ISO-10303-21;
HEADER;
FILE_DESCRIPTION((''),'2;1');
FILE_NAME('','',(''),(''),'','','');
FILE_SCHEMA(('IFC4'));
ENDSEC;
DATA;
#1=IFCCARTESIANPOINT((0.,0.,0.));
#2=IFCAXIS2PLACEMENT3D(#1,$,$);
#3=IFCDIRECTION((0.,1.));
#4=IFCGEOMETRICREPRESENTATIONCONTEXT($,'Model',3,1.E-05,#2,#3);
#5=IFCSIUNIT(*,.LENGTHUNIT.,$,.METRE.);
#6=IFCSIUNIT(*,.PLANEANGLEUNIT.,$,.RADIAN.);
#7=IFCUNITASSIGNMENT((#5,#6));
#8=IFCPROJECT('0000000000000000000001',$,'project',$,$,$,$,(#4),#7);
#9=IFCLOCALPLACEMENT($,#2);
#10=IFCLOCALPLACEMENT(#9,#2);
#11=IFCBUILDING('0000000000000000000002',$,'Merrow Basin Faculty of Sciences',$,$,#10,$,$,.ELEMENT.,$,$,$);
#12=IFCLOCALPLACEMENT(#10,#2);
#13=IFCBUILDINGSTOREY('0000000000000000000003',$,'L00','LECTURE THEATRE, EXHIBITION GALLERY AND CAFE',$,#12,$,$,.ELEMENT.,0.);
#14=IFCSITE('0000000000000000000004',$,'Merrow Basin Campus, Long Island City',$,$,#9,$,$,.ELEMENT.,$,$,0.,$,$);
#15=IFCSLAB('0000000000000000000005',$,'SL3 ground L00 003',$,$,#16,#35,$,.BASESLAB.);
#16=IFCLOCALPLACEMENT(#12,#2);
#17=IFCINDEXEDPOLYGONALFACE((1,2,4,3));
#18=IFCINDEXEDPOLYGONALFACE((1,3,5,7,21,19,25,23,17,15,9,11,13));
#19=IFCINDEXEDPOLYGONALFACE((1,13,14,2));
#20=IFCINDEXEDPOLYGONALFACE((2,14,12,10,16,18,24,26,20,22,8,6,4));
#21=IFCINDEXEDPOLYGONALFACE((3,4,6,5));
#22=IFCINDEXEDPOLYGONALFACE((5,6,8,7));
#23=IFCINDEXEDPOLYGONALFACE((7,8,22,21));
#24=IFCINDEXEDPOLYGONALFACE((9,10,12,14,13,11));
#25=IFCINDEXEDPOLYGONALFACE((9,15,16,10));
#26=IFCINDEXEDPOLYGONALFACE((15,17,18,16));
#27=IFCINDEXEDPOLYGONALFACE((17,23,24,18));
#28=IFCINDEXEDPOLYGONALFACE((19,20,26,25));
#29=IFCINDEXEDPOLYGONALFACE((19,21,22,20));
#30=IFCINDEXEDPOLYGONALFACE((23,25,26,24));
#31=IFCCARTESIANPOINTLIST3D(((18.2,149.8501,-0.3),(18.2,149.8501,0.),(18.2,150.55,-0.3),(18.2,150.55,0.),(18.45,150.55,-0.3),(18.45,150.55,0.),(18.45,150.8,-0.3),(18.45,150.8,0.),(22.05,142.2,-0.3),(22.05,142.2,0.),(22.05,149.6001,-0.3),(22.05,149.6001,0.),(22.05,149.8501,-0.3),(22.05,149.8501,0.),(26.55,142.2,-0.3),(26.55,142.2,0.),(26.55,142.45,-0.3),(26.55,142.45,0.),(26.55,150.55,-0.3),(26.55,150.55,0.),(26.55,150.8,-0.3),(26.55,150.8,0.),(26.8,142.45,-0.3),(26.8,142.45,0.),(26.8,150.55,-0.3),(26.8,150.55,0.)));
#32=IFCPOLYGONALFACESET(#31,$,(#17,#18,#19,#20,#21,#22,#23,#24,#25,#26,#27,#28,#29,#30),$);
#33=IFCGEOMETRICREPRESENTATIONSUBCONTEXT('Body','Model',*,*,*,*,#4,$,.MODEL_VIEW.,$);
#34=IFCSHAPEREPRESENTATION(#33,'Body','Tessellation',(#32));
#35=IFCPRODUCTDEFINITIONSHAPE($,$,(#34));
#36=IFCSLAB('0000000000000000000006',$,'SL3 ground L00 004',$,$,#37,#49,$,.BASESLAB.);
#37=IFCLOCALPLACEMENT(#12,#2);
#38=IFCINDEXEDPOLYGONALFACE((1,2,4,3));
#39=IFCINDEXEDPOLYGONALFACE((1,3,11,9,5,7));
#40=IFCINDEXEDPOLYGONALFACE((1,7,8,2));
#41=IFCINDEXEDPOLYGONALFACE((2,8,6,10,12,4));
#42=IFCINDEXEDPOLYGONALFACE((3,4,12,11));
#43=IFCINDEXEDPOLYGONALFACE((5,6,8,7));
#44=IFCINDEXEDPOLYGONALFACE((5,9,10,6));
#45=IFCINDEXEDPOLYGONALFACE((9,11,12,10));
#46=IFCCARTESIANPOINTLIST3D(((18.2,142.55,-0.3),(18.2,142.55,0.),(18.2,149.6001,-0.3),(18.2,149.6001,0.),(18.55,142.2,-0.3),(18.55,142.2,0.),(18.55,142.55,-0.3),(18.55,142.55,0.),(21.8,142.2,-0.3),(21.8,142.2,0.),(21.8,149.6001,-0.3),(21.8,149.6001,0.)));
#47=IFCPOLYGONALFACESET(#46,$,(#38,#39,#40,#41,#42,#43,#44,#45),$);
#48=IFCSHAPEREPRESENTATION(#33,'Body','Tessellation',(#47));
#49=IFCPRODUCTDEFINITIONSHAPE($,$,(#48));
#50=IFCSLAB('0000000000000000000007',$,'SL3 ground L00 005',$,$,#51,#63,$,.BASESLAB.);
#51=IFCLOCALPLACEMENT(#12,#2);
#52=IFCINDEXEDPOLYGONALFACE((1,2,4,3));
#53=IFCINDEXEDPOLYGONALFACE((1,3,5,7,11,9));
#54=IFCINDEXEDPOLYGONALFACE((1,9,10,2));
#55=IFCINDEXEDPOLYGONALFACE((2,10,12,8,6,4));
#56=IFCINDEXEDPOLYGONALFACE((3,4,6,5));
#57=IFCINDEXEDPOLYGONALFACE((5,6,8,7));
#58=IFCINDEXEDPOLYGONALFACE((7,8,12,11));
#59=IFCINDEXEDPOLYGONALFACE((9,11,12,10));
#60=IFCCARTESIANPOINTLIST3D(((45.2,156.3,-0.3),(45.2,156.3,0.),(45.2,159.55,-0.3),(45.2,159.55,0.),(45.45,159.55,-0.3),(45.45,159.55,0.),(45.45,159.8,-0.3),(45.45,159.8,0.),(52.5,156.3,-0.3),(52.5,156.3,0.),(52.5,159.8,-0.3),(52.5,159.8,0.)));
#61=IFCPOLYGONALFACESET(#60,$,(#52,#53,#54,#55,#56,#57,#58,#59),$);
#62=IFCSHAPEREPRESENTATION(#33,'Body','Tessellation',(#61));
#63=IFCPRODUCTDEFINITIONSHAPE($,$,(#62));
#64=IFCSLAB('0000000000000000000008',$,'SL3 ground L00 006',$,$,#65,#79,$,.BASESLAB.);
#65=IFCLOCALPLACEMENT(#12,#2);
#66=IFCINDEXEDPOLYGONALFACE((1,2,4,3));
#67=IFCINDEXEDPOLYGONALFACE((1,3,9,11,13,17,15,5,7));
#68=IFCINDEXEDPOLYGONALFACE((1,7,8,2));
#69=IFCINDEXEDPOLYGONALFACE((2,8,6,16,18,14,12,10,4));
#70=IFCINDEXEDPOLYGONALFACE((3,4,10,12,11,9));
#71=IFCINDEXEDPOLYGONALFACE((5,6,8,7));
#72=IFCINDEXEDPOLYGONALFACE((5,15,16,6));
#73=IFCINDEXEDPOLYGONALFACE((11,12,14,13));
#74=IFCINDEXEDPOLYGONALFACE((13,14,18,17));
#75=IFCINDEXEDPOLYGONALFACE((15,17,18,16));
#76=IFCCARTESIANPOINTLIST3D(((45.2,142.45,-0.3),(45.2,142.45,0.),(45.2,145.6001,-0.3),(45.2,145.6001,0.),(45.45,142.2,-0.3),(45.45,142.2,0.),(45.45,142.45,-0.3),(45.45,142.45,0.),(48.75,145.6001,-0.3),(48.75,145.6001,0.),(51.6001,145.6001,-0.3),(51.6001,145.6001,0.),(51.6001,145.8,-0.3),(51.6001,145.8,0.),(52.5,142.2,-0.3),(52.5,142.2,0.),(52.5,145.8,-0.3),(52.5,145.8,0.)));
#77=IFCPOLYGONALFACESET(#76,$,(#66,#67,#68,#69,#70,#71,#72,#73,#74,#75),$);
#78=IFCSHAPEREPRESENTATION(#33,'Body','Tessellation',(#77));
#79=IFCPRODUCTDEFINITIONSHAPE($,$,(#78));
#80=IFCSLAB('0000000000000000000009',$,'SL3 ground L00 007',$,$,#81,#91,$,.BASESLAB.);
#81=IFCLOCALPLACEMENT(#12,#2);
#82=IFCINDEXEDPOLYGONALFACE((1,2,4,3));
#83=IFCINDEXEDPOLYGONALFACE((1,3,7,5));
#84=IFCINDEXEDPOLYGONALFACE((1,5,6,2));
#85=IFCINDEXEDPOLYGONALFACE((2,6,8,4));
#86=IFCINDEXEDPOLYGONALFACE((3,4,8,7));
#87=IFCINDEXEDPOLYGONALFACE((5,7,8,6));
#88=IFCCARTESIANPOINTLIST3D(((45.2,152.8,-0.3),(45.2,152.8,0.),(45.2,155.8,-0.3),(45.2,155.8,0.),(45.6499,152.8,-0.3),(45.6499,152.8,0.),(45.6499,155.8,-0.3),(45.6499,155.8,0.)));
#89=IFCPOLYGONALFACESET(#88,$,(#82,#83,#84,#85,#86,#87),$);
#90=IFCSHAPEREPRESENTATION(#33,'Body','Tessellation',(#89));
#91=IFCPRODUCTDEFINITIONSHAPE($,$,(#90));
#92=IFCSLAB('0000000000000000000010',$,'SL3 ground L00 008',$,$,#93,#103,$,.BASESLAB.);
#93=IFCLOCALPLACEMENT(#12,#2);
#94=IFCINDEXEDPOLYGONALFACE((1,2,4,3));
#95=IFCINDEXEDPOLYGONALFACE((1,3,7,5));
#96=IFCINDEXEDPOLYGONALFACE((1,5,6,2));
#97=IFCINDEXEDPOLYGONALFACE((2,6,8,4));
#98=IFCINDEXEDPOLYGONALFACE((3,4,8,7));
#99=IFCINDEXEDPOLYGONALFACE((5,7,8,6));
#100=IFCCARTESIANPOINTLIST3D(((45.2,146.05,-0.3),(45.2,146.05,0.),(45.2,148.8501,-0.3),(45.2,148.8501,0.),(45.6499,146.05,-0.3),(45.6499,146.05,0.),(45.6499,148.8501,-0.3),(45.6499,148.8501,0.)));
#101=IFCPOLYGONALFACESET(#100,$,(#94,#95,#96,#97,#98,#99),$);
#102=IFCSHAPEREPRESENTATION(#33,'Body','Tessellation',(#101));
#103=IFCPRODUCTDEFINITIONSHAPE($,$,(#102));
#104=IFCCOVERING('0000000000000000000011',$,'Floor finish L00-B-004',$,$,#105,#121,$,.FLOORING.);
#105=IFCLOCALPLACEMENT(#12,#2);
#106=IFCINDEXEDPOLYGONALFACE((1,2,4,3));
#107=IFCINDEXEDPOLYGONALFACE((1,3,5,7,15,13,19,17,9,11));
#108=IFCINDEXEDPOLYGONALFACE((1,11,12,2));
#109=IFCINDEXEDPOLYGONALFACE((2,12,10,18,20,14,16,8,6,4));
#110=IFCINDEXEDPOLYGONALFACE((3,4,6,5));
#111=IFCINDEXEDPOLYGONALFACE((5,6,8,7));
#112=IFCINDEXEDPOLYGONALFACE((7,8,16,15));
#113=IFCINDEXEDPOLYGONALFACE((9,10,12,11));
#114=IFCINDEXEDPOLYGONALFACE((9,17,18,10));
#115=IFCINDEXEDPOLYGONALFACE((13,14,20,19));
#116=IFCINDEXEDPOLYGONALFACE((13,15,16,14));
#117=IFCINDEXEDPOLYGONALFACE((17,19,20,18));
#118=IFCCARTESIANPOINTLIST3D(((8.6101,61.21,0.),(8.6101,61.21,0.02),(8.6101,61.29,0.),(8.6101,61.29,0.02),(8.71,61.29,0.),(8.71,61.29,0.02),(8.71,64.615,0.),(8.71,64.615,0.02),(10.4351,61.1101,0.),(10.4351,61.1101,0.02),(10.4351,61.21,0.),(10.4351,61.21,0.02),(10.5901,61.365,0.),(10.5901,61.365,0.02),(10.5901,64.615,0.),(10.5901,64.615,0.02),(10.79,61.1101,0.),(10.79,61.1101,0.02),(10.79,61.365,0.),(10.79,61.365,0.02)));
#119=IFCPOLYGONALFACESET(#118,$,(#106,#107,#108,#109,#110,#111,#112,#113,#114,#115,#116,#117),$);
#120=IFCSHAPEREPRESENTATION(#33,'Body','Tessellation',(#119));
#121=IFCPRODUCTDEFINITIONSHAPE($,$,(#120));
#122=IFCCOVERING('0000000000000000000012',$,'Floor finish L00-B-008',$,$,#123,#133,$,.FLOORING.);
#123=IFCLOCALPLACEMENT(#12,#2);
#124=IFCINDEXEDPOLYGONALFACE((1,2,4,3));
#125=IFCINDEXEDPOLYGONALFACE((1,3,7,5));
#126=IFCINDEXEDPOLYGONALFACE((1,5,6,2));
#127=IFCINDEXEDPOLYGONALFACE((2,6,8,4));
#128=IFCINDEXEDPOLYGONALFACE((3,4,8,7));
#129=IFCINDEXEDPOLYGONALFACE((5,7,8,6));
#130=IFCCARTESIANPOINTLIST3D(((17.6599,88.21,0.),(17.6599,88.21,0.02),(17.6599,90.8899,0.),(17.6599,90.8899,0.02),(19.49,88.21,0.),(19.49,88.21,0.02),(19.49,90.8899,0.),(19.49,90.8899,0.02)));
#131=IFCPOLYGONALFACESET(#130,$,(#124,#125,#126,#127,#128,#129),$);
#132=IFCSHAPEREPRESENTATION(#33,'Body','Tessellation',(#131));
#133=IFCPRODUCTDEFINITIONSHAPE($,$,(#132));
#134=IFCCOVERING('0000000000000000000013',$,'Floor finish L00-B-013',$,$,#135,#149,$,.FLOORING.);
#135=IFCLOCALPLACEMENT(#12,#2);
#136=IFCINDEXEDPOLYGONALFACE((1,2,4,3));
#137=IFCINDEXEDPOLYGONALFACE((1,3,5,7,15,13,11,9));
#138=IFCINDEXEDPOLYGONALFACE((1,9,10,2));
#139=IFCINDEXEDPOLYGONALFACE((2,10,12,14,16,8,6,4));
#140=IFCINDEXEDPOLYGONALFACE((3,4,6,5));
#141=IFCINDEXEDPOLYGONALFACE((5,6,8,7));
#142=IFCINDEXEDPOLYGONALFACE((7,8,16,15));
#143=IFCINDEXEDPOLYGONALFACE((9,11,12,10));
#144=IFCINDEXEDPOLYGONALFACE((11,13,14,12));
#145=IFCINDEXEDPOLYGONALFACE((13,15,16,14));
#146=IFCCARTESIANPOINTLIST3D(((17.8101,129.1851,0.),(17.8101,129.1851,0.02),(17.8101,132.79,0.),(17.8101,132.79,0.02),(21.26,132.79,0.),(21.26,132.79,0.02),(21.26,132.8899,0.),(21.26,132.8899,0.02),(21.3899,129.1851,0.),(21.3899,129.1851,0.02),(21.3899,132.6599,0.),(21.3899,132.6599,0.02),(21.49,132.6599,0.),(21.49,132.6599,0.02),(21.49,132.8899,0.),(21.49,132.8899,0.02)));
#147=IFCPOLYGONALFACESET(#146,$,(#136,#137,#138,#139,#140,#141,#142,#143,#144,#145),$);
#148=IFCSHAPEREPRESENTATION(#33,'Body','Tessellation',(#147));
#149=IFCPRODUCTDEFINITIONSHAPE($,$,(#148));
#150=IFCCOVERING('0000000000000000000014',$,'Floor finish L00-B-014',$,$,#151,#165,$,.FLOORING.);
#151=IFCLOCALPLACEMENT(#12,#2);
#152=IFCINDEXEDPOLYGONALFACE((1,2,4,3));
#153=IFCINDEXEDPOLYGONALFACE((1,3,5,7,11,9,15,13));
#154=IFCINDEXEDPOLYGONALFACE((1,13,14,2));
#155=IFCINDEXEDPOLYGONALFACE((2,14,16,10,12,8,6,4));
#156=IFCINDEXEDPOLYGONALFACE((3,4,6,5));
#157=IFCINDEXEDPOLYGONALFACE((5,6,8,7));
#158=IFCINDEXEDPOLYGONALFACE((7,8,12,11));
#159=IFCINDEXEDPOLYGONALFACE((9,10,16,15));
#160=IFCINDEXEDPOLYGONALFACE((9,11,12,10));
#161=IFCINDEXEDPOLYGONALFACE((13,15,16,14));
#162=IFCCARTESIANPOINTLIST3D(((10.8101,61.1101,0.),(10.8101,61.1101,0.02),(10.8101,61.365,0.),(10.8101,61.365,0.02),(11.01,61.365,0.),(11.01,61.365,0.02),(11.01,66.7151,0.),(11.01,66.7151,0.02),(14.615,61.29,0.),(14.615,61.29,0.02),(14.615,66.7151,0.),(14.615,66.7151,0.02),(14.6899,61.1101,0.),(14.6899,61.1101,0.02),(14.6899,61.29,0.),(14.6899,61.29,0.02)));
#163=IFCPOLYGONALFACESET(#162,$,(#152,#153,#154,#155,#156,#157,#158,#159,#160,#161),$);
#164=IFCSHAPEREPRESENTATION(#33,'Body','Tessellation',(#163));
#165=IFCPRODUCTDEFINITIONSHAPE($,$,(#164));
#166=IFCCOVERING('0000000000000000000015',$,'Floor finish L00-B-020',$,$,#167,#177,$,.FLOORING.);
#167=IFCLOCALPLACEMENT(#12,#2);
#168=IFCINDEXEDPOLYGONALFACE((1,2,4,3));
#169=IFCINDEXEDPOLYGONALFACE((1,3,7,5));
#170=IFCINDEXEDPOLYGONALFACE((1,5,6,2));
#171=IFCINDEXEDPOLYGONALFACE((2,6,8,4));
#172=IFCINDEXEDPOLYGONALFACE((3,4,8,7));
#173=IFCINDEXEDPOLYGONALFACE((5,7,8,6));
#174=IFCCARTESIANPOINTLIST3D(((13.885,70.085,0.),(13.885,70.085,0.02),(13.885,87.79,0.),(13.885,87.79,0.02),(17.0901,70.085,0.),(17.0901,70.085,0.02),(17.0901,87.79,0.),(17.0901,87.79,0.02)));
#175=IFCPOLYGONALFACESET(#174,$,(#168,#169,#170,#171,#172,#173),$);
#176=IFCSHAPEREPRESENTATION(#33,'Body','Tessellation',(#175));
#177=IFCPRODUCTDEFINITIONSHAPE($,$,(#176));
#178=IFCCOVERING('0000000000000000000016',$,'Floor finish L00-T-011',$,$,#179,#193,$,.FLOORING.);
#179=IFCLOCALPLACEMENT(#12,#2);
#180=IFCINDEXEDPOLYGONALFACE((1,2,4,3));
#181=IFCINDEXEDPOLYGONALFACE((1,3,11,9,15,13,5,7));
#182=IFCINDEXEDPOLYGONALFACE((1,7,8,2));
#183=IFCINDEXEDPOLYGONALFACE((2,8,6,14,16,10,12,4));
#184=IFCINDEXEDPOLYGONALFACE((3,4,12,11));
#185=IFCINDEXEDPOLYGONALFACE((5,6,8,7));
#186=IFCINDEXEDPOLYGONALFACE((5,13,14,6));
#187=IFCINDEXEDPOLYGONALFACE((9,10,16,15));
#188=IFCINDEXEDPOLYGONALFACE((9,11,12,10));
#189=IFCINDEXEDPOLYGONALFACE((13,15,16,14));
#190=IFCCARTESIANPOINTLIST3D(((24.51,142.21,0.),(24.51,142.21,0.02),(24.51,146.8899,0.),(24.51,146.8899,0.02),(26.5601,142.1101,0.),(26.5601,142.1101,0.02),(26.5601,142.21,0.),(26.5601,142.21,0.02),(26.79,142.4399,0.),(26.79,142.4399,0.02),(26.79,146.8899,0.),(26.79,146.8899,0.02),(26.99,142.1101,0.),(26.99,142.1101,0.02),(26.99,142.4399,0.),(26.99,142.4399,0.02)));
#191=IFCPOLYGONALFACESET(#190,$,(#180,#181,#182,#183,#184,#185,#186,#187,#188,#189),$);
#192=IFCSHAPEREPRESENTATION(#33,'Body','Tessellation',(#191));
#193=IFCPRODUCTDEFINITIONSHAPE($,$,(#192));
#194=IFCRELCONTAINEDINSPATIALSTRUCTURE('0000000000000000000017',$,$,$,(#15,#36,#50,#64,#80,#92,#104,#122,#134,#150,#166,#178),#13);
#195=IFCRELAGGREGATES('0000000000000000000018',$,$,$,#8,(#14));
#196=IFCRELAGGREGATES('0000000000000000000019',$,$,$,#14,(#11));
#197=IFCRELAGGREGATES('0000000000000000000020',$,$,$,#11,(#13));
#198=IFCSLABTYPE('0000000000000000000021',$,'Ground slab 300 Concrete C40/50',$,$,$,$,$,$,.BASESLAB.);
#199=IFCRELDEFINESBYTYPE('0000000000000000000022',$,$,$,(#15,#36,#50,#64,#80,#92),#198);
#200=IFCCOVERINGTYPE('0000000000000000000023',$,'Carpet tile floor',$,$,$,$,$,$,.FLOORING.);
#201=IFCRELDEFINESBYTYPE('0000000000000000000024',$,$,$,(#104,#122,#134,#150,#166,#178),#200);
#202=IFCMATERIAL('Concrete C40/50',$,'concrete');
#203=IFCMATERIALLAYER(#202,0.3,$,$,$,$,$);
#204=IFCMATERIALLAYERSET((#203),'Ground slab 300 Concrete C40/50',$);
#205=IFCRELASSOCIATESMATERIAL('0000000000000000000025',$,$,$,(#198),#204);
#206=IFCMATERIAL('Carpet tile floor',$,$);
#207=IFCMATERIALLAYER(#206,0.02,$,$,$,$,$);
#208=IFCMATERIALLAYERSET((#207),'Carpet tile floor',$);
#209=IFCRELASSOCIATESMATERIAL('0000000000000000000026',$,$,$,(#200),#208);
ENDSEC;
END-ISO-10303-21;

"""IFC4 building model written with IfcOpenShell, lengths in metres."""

from ifc_helpers import new_model, si_unit, direction, frame, origin, place, context, subcontext, project, spatial, polyline, outline, extrude, material, layer, layer_set, type_object, element, save


model = new_model("IFC4")

# Units and contexts
model_context = context("Model", 3, precision=1e-05, world=origin(), true_north=direction((0.0, 1.0)))
body_context = subcontext(model_context, "Body", "Model", "MODEL_VIEW")
ifc_project = project(units=[si_unit("LENGTHUNIT", "METRE"), si_unit("PLANEANGLEUNIT", "RADIAN")], contexts=[model_context])

# Site, building, storey
site_placement = place(None, origin())
site = spatial("IfcSite", under=ifc_project, at=site_placement, Name="Merrow Basin Campus, Long Island City", CompositionType="ELEMENT", RefElevation=0.0)
building_placement = place(site_placement, origin())
building = spatial("IfcBuilding", under=site, at=building_placement, Name="Merrow Basin Faculty of Sciences", CompositionType="ELEMENT")
storey_placement = place(building_placement, origin())
storey = spatial("IfcBuildingStorey", under=building, at=storey_placement, Name="L00", Description="LECTURE THEATRE, EXHIBITION GALLERY AND CAFE", CompositionType="ELEMENT", Elevation=0.0)

# Slabs
ifc_material_1 = material(Name="Concrete C40/50", Category="concrete")
ifc_layer_1 = layer(ifc_material_1, 0.3)
ifc_layer_set_1 = layer_set([ifc_layer_1], Name="Ground slab 300 Concrete C40/50")
slab_type = type_object("IfcSlabType", Name="Ground slab 300 Concrete C40/50", PredefinedType="BASESLAB", material=ifc_layer_set_1)
slab_1_placement = place(storey_placement, frame((0.0, 0.0, -0.3)))
element("IfcSlab", 1, at=slab_1_placement, inside=storey, type_object=slab_type, Name="SL3 ground L00 003", PredefinedType="BASESLAB", context=body_context, shape_type="SweptSolid", body=[
    extrude(outline(polyline([(18.45, 150.8), (26.55, 150.8), (26.55, 150.55), (26.8, 150.55), (26.8, 142.45), (26.55, 142.45), (26.55, 142.2), (22.05, 142.2), (22.05, 149.6001), (22.05, 149.8501), (18.2, 149.8501), (18.2, 150.55), (18.45, 150.55), (18.45, 150.8)])), origin(), (0.0, 0.0, 1.0), 0.3),
])
slab_2_placement = place(storey_placement, frame((0.0, 0.0, -0.3)))
element("IfcSlab", 2, at=slab_2_placement, inside=storey, type_object=slab_type, Name="SL3 ground L00 004", PredefinedType="BASESLAB", context=body_context, shape_type="SweptSolid", body=[
    extrude(outline(polyline([(21.8, 149.6001), (21.8, 142.2), (18.55, 142.2), (18.55, 142.55), (18.2, 142.55), (18.2, 149.6001), (21.8, 149.6001)])), origin(), (0.0, 0.0, 1.0), 0.3),
])
slab_3_placement = place(storey_placement, frame((0.0, 0.0, -0.3)))
element("IfcSlab", 3, at=slab_3_placement, inside=storey, type_object=slab_type, Name="SL3 ground L00 005", PredefinedType="BASESLAB", context=body_context, shape_type="SweptSolid", body=[
    extrude(outline(polyline([(45.45, 159.8), (52.5, 159.8), (52.5, 156.3), (45.2, 156.3), (45.2, 159.55), (45.45, 159.55), (45.45, 159.8)])), origin(), (0.0, 0.0, 1.0), 0.3),
])
slab_4_placement = place(storey_placement, frame((0.0, 0.0, -0.3)))
element("IfcSlab", 4, at=slab_4_placement, inside=storey, type_object=slab_type, Name="SL3 ground L00 006", PredefinedType="BASESLAB", context=body_context, shape_type="SweptSolid", body=[
    extrude(outline(polyline([(48.75, 145.6001), (51.6001, 145.6001), (51.6001, 145.8), (52.5, 145.8), (52.5, 142.2), (45.45, 142.2), (45.45, 142.45), (45.2, 142.45), (45.2, 145.6001), (48.75, 145.6001)])), origin(), (0.0, 0.0, 1.0), 0.3),
])
slab_5_placement = place(storey_placement, frame((0.0, 0.0, -0.3)))
element("IfcSlab", 5, at=slab_5_placement, inside=storey, type_object=slab_type, Name="SL3 ground L00 007", PredefinedType="BASESLAB", context=body_context, shape_type="SweptSolid", body=[
    extrude(outline(polyline([(45.2, 155.8), (45.6499, 155.8), (45.6499, 152.8), (45.2, 152.8), (45.2, 155.8)])), origin(), (0.0, 0.0, 1.0), 0.3),
])
slab_6_placement = place(storey_placement, frame((0.0, 0.0, -0.3)))
element("IfcSlab", 6, at=slab_6_placement, inside=storey, type_object=slab_type, Name="SL3 ground L00 008", PredefinedType="BASESLAB", context=body_context, shape_type="SweptSolid", body=[
    extrude(outline(polyline([(45.6499, 146.05), (45.2, 146.05), (45.2, 148.8501), (45.6499, 148.8501), (45.6499, 146.05)])), origin(), (0.0, 0.0, 1.0), 0.3),
])

# Coverings
ifc_material_2 = material(Name="Carpet tile floor")
ifc_layer_2 = layer(ifc_material_2, 0.02)
ifc_layer_set_2 = layer_set([ifc_layer_2], Name="Carpet tile floor")
covering_type_1 = type_object("IfcCoveringType", Name="Carpet tile floor", PredefinedType="FLOORING", material=ifc_layer_set_2)
covering_1_placement = place(storey_placement, origin())
element("IfcCovering", 7, at=covering_1_placement, inside=storey, type_object=covering_type_1, Name="Floor finish L00-B-004", PredefinedType="FLOORING", context=body_context, shape_type="SweptSolid", body=[
    extrude(outline(polyline([(10.5901, 64.615), (10.5901, 61.365), (10.79, 61.365), (10.79, 61.1101), (10.4351, 61.1101), (10.4351, 61.21), (8.6101, 61.21), (8.6101, 61.29), (8.71, 61.29), (8.71, 64.615), (10.5901, 64.615)])), origin(), (0.0, 0.0, 1.0), 0.02),
])
covering_2_placement = place(storey_placement, origin())
element("IfcCovering", 8, at=covering_2_placement, inside=storey, type_object=covering_type_1, Name="Floor finish L00-B-008", PredefinedType="FLOORING", context=body_context, shape_type="SweptSolid", body=[
    extrude(outline(polyline([(19.49, 88.21), (17.6599, 88.21), (17.6599, 90.8899), (19.49, 90.8899), (19.49, 88.21)])), origin(), (0.0, 0.0, 1.0), 0.02),
])
covering_3_placement = place(storey_placement, origin())
element("IfcCovering", 9, at=covering_3_placement, inside=storey, type_object=covering_type_1, Name="Floor finish L00-B-013", PredefinedType="FLOORING", context=body_context, shape_type="SweptSolid", body=[
    extrude(outline(polyline([(21.3899, 129.1851), (17.8101, 129.1851), (17.8101, 132.79), (21.26, 132.79), (21.26, 132.8899), (21.49, 132.8899), (21.49, 132.6599), (21.3899, 132.6599), (21.3899, 129.1851)])), origin(), (0.0, 0.0, 1.0), 0.02),
])
covering_4_placement = place(storey_placement, origin())
element("IfcCovering", 10, at=covering_4_placement, inside=storey, type_object=covering_type_1, Name="Floor finish L00-B-014", PredefinedType="FLOORING", context=body_context, shape_type="SweptSolid", body=[
    extrude(outline(polyline([(14.6899, 61.1101), (10.8101, 61.1101), (10.8101, 61.365), (11.01, 61.365), (11.01, 66.7151), (14.615, 66.7151), (14.615, 61.29), (14.6899, 61.29), (14.6899, 61.1101)])), origin(), (0.0, 0.0, 1.0), 0.02),
])
covering_5_placement = place(storey_placement, origin())
element("IfcCovering", 11, at=covering_5_placement, inside=storey, type_object=covering_type_1, Name="Floor finish L00-B-020", PredefinedType="FLOORING", context=body_context, shape_type="SweptSolid", body=[
    extrude(outline(polyline([(17.0901, 70.085), (13.885, 70.085), (13.885, 87.79), (17.0901, 87.79), (17.0901, 70.085)])), origin(), (0.0, 0.0, 1.0), 0.02),
])
covering_6_placement = place(storey_placement, origin())
element("IfcCovering", 12, at=covering_6_placement, inside=storey, type_object=covering_type_1, Name="Floor finish L00-T-011", PredefinedType="FLOORING", context=body_context, shape_type="SweptSolid", body=[
    extrude(outline(polyline([(26.99, 142.1101), (26.5601, 142.1101), (26.5601, 142.21), (24.51, 142.21), (24.51, 146.8899), (26.79, 146.8899), (26.79, 142.4399), (26.99, 142.4399), (26.99, 142.1101)])), origin(), (0.0, 0.0, 1.0), 0.02),
])

save(model, "model.ifc")
